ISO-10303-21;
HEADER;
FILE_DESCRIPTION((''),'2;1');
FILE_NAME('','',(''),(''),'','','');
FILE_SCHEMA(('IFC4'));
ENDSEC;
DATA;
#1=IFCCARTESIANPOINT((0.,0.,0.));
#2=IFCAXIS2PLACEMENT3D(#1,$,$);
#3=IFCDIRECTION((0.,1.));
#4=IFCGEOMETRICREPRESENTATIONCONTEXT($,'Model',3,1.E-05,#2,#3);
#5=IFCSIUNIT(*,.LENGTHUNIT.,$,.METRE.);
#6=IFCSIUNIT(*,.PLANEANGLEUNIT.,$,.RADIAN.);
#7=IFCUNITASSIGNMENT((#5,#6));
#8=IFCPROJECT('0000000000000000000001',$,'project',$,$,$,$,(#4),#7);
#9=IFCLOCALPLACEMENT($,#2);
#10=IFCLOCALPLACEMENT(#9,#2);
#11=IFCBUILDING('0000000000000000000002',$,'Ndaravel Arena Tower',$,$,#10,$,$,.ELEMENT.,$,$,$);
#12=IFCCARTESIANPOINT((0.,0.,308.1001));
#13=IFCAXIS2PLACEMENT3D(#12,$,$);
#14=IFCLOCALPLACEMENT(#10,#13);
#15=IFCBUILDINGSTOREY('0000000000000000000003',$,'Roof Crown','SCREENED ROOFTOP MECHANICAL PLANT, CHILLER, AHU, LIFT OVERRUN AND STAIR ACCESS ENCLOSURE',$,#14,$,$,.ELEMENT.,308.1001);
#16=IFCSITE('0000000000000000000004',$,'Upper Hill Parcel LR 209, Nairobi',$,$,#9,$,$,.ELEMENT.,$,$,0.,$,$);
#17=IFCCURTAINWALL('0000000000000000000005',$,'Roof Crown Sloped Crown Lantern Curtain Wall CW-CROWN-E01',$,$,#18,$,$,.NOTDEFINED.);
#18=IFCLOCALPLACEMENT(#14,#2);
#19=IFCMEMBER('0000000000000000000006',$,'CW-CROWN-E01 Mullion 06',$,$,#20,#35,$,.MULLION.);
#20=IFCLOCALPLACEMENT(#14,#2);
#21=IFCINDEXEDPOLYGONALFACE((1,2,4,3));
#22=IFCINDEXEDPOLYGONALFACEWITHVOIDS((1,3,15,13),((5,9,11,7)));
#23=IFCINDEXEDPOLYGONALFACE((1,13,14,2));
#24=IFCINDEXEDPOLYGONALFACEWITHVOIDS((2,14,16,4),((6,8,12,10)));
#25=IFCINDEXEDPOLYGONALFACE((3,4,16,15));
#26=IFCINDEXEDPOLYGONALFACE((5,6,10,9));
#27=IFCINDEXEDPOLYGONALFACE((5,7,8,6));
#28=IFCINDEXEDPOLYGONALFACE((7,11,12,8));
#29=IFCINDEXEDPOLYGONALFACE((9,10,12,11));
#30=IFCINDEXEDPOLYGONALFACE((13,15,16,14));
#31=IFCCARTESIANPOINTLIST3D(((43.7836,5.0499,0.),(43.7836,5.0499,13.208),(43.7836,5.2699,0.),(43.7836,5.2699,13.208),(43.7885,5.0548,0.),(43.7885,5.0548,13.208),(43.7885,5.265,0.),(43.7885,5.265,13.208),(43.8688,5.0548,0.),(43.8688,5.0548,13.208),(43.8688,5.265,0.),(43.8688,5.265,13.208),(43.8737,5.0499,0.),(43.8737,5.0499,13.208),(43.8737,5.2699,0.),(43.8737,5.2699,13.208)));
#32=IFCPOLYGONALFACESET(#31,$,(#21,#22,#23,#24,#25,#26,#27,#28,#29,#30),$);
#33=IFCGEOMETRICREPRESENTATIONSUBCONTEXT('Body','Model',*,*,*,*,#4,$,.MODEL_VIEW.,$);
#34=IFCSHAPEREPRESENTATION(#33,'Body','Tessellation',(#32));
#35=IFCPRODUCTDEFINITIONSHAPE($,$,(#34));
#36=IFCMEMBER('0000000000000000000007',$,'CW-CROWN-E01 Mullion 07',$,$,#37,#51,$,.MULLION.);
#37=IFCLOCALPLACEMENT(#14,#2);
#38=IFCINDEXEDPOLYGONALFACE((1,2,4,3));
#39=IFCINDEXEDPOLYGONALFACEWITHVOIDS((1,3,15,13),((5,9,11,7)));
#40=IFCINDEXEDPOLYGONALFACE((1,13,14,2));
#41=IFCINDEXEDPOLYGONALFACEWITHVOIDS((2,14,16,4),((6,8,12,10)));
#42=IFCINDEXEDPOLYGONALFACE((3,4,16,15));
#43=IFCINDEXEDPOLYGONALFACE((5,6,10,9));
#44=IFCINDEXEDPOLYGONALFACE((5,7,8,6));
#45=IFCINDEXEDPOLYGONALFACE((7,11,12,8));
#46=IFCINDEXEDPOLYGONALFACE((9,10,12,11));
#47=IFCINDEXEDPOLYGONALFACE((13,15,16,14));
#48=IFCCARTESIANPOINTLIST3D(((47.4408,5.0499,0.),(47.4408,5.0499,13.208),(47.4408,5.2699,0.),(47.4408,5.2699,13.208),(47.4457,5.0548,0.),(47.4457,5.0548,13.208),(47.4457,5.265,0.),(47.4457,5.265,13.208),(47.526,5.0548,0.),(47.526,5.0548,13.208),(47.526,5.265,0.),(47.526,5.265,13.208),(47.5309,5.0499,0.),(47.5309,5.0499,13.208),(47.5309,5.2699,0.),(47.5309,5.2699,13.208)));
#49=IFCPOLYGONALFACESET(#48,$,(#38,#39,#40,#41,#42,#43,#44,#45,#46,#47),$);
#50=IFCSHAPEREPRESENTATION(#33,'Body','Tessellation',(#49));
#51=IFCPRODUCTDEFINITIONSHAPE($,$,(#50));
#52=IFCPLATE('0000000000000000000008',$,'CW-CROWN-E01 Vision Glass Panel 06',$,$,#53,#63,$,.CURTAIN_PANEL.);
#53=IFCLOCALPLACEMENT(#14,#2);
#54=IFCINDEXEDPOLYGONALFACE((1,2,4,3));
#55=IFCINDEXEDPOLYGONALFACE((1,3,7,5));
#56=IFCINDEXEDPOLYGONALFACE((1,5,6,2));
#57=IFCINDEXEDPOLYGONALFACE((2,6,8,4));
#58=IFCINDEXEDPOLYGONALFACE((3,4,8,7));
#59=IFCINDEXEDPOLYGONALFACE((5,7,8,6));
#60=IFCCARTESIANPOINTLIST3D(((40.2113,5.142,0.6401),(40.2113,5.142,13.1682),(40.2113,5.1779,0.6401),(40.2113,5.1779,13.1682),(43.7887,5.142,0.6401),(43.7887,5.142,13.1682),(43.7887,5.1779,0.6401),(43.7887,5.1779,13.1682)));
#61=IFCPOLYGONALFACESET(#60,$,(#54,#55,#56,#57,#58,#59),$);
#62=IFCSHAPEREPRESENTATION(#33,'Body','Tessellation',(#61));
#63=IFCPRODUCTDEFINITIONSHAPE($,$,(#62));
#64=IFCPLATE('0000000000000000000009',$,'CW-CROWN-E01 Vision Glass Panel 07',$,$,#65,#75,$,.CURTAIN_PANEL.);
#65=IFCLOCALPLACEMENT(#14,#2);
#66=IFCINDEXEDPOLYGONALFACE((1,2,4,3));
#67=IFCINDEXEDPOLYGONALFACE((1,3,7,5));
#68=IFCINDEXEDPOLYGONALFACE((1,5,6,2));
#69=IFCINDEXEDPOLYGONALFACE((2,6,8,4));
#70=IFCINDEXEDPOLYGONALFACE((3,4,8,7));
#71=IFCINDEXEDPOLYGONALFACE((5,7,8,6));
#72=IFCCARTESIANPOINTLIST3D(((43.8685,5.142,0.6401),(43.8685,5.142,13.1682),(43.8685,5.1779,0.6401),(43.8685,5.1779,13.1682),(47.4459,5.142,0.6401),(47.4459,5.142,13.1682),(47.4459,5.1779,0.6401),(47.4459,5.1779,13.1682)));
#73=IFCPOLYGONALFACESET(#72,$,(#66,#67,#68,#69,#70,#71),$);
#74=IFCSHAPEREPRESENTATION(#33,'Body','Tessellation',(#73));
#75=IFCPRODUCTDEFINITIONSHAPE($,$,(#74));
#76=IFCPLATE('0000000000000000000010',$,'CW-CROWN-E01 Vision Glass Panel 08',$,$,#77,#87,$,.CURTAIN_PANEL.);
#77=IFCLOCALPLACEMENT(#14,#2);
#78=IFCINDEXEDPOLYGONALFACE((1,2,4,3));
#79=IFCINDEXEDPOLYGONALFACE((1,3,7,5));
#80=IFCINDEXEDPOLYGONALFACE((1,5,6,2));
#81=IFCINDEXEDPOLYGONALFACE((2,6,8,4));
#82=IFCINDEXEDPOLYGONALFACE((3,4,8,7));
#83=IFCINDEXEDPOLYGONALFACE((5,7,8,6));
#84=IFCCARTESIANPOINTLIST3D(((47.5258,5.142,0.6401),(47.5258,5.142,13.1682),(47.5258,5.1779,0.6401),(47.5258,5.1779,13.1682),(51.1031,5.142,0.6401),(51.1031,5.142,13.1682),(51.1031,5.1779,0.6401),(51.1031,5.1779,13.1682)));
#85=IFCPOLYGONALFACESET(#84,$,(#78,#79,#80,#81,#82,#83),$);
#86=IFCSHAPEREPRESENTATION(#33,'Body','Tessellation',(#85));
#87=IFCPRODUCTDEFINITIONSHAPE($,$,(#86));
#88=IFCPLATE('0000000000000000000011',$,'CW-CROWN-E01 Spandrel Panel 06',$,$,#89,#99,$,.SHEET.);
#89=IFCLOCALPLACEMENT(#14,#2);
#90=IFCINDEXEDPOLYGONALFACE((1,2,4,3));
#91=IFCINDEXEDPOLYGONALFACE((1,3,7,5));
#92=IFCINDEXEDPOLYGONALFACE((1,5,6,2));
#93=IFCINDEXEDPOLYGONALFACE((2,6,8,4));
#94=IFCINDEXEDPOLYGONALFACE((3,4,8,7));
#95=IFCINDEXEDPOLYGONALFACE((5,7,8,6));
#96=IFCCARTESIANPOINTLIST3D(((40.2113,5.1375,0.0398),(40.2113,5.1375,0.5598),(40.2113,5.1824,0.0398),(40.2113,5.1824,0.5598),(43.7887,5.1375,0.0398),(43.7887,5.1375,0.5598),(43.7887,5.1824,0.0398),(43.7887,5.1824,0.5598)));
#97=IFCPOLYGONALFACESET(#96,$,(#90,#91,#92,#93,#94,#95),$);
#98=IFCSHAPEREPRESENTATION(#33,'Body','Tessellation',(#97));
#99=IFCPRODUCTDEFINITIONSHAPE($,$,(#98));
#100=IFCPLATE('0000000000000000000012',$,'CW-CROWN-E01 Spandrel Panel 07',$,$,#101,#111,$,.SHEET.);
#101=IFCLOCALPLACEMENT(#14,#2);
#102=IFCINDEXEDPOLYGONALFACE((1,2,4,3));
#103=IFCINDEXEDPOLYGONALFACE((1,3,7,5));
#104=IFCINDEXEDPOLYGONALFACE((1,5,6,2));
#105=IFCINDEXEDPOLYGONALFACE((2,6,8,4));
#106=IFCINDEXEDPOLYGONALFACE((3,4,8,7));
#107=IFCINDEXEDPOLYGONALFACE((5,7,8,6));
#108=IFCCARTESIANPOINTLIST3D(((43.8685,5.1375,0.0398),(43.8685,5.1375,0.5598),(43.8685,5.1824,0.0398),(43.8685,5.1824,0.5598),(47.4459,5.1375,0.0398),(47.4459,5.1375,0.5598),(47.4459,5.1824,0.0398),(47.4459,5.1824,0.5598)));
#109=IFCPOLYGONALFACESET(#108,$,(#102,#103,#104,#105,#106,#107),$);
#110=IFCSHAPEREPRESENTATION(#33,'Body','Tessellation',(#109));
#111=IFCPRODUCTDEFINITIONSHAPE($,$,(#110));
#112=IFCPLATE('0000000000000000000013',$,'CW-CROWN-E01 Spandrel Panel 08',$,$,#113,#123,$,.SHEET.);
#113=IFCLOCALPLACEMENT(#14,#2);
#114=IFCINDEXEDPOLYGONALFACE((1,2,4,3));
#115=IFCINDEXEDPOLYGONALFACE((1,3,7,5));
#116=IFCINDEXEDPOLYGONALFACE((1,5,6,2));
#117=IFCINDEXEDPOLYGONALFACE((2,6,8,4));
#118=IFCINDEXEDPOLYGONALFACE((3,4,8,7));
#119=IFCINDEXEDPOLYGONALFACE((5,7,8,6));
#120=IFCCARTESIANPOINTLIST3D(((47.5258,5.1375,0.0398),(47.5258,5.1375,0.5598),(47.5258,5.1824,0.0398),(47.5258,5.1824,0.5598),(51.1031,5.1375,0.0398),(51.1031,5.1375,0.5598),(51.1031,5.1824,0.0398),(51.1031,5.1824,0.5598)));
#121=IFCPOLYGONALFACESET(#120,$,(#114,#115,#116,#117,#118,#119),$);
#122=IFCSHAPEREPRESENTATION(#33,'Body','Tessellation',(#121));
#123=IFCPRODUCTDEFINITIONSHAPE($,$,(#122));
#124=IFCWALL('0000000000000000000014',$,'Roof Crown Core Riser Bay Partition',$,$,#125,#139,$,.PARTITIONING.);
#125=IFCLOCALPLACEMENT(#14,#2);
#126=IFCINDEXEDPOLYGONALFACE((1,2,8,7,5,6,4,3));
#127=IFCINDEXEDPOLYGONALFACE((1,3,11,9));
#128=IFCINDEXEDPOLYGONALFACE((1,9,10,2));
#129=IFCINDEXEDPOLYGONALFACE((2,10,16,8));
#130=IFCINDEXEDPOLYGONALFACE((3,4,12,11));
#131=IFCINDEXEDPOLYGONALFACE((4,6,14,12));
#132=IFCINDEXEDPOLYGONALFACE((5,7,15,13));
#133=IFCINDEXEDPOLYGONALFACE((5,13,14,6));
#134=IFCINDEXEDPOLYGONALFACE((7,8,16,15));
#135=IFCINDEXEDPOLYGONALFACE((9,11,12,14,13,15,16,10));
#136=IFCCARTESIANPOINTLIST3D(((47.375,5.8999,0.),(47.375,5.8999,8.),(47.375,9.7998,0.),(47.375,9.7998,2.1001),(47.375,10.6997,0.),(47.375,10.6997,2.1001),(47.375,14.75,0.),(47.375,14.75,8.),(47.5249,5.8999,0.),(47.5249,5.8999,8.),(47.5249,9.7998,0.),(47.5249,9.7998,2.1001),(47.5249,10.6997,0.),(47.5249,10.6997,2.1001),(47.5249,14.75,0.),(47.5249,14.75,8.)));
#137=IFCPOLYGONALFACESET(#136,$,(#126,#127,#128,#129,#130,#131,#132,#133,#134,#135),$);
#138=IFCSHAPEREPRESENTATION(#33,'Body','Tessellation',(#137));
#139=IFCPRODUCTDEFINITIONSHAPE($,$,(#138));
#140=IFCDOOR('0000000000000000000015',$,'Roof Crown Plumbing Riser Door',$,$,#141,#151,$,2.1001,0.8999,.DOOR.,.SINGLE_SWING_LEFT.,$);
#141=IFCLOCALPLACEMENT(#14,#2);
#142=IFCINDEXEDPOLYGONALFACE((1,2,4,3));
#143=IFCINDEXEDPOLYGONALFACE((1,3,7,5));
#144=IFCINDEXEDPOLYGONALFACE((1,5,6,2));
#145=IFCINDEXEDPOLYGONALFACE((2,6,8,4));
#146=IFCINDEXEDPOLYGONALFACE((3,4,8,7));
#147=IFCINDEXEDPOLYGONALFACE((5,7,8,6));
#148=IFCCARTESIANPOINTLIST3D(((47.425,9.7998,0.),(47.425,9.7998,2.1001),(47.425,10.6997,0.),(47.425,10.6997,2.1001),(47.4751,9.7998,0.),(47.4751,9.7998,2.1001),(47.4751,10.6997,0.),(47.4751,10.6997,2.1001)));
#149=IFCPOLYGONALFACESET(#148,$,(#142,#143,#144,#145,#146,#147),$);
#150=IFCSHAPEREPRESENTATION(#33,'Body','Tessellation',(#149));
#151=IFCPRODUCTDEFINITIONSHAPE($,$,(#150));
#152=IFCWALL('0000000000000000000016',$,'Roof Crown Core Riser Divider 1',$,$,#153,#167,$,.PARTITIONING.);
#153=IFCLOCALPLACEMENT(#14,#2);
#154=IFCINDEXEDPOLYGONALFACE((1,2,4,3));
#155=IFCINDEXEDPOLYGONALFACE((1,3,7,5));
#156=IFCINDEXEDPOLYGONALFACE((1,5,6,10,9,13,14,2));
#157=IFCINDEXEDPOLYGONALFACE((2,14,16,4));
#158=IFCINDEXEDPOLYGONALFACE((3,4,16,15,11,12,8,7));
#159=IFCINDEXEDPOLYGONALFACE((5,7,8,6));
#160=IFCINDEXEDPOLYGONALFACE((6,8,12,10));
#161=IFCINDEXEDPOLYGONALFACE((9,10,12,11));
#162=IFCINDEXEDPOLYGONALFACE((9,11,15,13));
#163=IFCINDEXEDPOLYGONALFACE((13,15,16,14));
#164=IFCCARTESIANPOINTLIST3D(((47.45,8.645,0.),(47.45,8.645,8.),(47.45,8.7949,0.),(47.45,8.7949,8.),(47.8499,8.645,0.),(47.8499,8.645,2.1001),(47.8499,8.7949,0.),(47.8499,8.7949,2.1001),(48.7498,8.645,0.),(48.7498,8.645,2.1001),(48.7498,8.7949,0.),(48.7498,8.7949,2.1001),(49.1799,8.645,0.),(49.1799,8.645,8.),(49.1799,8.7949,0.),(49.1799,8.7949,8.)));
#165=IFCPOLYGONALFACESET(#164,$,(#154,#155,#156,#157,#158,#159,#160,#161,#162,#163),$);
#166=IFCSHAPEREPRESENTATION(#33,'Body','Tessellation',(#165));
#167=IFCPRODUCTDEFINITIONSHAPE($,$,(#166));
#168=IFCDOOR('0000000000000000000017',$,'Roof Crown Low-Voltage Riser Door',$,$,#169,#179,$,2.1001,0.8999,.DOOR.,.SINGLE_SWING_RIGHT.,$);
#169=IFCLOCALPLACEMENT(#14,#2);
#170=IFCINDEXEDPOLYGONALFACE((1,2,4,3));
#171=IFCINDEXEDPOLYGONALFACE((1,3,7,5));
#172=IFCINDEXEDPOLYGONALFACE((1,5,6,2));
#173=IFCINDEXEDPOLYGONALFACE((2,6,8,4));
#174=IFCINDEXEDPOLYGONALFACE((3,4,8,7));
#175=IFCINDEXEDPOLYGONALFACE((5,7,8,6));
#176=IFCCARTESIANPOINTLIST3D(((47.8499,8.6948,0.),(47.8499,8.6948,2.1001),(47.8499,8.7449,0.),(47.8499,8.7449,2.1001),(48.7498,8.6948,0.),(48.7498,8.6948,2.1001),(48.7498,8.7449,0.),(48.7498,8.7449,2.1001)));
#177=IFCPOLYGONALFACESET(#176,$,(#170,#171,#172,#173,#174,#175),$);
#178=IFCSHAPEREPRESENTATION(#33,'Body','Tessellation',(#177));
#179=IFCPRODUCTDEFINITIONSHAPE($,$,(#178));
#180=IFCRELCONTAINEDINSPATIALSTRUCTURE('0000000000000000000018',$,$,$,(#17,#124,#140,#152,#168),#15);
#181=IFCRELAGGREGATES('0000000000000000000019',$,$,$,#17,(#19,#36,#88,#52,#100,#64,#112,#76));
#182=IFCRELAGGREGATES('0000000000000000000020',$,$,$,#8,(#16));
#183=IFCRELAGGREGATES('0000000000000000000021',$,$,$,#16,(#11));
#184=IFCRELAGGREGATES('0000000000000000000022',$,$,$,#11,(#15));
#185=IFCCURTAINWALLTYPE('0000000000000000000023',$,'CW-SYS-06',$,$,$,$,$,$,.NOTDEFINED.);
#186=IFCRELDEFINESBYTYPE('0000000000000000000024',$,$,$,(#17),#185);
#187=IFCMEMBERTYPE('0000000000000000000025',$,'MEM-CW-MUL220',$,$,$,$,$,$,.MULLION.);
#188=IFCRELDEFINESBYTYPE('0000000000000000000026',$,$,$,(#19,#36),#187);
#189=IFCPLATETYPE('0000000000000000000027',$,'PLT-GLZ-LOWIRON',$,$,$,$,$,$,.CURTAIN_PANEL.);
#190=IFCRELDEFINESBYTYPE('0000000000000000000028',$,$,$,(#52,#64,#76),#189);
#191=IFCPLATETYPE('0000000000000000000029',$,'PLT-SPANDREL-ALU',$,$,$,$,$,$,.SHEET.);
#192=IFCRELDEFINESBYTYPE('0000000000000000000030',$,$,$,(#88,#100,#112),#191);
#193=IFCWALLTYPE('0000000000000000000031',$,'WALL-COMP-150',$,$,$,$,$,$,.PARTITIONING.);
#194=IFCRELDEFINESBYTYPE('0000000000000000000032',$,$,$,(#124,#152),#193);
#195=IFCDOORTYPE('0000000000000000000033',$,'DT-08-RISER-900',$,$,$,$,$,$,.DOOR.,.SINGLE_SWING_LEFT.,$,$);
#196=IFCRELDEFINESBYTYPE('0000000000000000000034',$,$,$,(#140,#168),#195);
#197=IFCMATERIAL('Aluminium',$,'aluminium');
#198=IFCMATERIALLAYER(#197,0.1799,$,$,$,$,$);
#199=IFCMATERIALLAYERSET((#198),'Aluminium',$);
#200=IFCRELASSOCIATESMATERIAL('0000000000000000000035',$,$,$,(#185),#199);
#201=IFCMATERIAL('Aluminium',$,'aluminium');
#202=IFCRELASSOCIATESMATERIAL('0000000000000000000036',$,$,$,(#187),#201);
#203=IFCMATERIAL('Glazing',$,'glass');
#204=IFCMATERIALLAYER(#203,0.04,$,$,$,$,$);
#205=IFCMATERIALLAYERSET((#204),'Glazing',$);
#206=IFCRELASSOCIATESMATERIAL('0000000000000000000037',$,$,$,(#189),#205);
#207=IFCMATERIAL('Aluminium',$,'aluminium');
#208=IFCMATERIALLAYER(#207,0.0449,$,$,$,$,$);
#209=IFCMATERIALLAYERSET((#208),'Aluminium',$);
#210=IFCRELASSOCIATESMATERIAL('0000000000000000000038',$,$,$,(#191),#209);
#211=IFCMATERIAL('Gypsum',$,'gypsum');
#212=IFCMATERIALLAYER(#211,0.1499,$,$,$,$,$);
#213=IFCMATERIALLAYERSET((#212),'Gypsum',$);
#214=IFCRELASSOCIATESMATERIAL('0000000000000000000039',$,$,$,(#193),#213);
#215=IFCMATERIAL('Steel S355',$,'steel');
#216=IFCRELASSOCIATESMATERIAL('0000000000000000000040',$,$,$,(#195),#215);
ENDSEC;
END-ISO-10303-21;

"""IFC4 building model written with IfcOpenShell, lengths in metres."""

from ifc_helpers import new_model, si_unit, direction, frame, frame_2d, origin, origin_2d, place, context, subcontext, project, spatial, rectangle, hollow_rectangle, extrude, material, layer, layer_set, material_profile, profile_set, type_object, element, fill, aggregate, save


model = new_model("IFC4")

# Units and contexts
model_context = context("Model", 3, precision=1e-05, world=origin(), true_north=direction((0.0, 1.0)))
body_context = subcontext(model_context, "Body", "Model", "MODEL_VIEW")
ifc_project = project(units=[si_unit("LENGTHUNIT", "METRE"), si_unit("PLANEANGLEUNIT", "RADIAN")], contexts=[model_context])

# Site, building, storey
site_placement = place(None, origin())
site = spatial("IfcSite", under=ifc_project, at=site_placement, Name="Upper Hill Parcel LR 209, Nairobi", CompositionType="ELEMENT", RefElevation=0.0)
building_placement = place(site_placement, origin())
building = spatial("IfcBuilding", under=site, at=building_placement, Name="Ndaravel Arena Tower", CompositionType="ELEMENT")
storey_placement = place(building_placement, frame((0.0, 0.0, 308.1001)))
storey = spatial("IfcBuildingStorey", under=building, at=storey_placement, Name="Roof Crown", Description="SCREENED ROOFTOP MECHANICAL PLANT, CHILLER, AHU, LIFT OVERRUN AND STAIR ACCESS ENCLOSURE", CompositionType="ELEMENT", Elevation=308.1001)

# Curtain wall, members, plates
ifc_material_1 = material(Name="Aluminium", Category="aluminium")
ifc_layer_1 = layer(ifc_material_1, 0.1799)
ifc_layer_set_1 = layer_set([ifc_layer_1], Name="Aluminium")
curtain_wall_type = type_object("IfcCurtainWallType", Name="CW-SYS-06", PredefinedType="NOTDEFINED", material=ifc_layer_set_1)
curtain_wall_placement = place(storey_placement, origin())
curtain_wall = element("IfcCurtainWall", 1, at=curtain_wall_placement, inside=storey, type_object=curtain_wall_type, Name="Roof Crown Sloped Crown Lantern Curtain Wall CW-CROWN-E01", PredefinedType="NOTDEFINED")
ifc_material_2 = material(Name="Aluminium", Category="aluminium")
ifc_material_profile = material_profile(ifc_material_2, hollow_rectangle(XDim=0.0901, YDim=0.22, WallThickness=0.0049, at=origin_2d()), Name="CW MULLION 90x220x5")
ifc_profile_set = profile_set([ifc_material_profile], Name="Aluminium")
member_type = type_object("IfcMemberType", Name="MEM-CW-MUL220", PredefinedType="MULLION", material=ifc_profile_set)
member_1_placement = place(storey_placement, frame((43.8286, 5.1599, 0.0), z_axis=(0.0, 0.0, 1.0), x_axis=(1.0, 0.0, 0.0)))
member_1 = element("IfcMember", 2, at=member_1_placement, type_object=member_type, Name="CW-CROWN-E01 Mullion 06", PredefinedType="MULLION", context=body_context, shape_type="SweptSolid", body=[
    extrude(hollow_rectangle(XDim=0.0901, YDim=0.22, WallThickness=0.0049, at=origin_2d()), origin(), (0.0, 0.0, 1.0), 13.208),
])
member_2_placement = place(storey_placement, frame((47.4858, 5.1599, 0.0), z_axis=(0.0, 0.0, 1.0), x_axis=(1.0, 0.0, 0.0)))
member_2 = element("IfcMember", 3, at=member_2_placement, type_object=member_type, Name="CW-CROWN-E01 Mullion 07", PredefinedType="MULLION", context=body_context, shape_type="SweptSolid", body=[
    extrude(hollow_rectangle(XDim=0.0901, YDim=0.22, WallThickness=0.0049, at=origin_2d()), origin(), (0.0, 0.0, 1.0), 13.208),
])
ifc_material_3 = material(Name="Glazing", Category="glass")
ifc_layer_2 = layer(ifc_material_3, 0.04)
ifc_layer_set_2 = layer_set([ifc_layer_2], Name="Glazing")
plate_type_1 = type_object("IfcPlateType", Name="PLT-GLZ-LOWIRON", PredefinedType="CURTAIN_PANEL", material=ifc_layer_set_2)
plate_1_placement = place(storey_placement, frame((42.0, 5.1599, 0.6401), z_axis=(0.0, 0.0, 1.0), x_axis=(1.0, 0.0, 0.0)))
plate_1 = element("IfcPlate", 4, at=plate_1_placement, type_object=plate_type_1, Name="CW-CROWN-E01 Vision Glass Panel 06", PredefinedType="CURTAIN_PANEL", context=body_context, shape_type="SweptSolid", body=[
    extrude(rectangle(XDim=3.5774, YDim=0.0359, at=origin_2d()), origin(), (0.0, 0.0, 1.0), 12.5281),
])
plate_2_placement = place(storey_placement, frame((45.6572, 5.1599, 0.6401), z_axis=(0.0, 0.0, 1.0), x_axis=(1.0, 0.0, 0.0)))
plate_2 = element("IfcPlate", 5, at=plate_2_placement, type_object=plate_type_1, Name="CW-CROWN-E01 Vision Glass Panel 07", PredefinedType="CURTAIN_PANEL", context=body_context, shape_type="SweptSolid", body=[
    extrude(rectangle(XDim=3.5774, YDim=0.0359, at=origin_2d()), origin(), (0.0, 0.0, 1.0), 12.5281),
])
plate_3_placement = place(storey_placement, frame((49.3145, 5.1599, 0.6401), z_axis=(0.0, 0.0, 1.0), x_axis=(1.0, 0.0, 0.0)))
plate_3 = element("IfcPlate", 6, at=plate_3_placement, type_object=plate_type_1, Name="CW-CROWN-E01 Vision Glass Panel 08", PredefinedType="CURTAIN_PANEL", context=body_context, shape_type="SweptSolid", body=[
    extrude(rectangle(XDim=3.5774, YDim=0.0359, at=origin_2d()), origin(), (0.0, 0.0, 1.0), 12.5281),
])
ifc_material_4 = material(Name="Aluminium", Category="aluminium")
ifc_layer_3 = layer(ifc_material_4, 0.0449)
ifc_layer_set_3 = layer_set([ifc_layer_3], Name="Aluminium")
plate_type_2 = type_object("IfcPlateType", Name="PLT-SPANDREL-ALU", PredefinedType="SHEET", material=ifc_layer_set_3)
plate_4_placement = place(storey_placement, frame((42.0, 5.1599, 0.0398), z_axis=(0.0, 0.0, 1.0), x_axis=(1.0, 0.0, 0.0)))
plate_4 = element("IfcPlate", 7, at=plate_4_placement, type_object=plate_type_2, Name="CW-CROWN-E01 Spandrel Panel 06", PredefinedType="SHEET", context=body_context, shape_type="SweptSolid", body=[
    extrude(rectangle(XDim=3.5774, YDim=0.0449, at=origin_2d()), origin(), (0.0, 0.0, 1.0), 0.52),
])
plate_5_placement = place(storey_placement, frame((45.6572, 5.1599, 0.0398), z_axis=(0.0, 0.0, 1.0), x_axis=(1.0, 0.0, 0.0)))
plate_5 = element("IfcPlate", 8, at=plate_5_placement, type_object=plate_type_2, Name="CW-CROWN-E01 Spandrel Panel 07", PredefinedType="SHEET", context=body_context, shape_type="SweptSolid", body=[
    extrude(rectangle(XDim=3.5774, YDim=0.0449, at=origin_2d()), origin(), (0.0, 0.0, 1.0), 0.52),
])
plate_6_placement = place(storey_placement, frame((49.3145, 5.1599, 0.0398), z_axis=(0.0, 0.0, 1.0), x_axis=(1.0, 0.0, 0.0)))
plate_6 = element("IfcPlate", 9, at=plate_6_placement, type_object=plate_type_2, Name="CW-CROWN-E01 Spandrel Panel 08", PredefinedType="SHEET", context=body_context, shape_type="SweptSolid", body=[
    extrude(rectangle(XDim=3.5774, YDim=0.0449, at=origin_2d()), origin(), (0.0, 0.0, 1.0), 0.52),
])
aggregate(curtain_wall, [member_1, member_2, plate_4, plate_1, plate_5, plate_2, plate_6, plate_3])

# Walls, openings, doors
ifc_material_5 = material(Name="Gypsum", Category="gypsum")
ifc_layer_4 = layer(ifc_material_5, 0.1499)
ifc_layer_set_4 = layer_set([ifc_layer_4], Name="Gypsum")
wall_type_1 = type_object("IfcWallType", Name="WALL-COMP-150", PredefinedType="PARTITIONING", material=ifc_layer_set_4)
wall_1_placement = place(storey_placement, frame((47.45, 5.8999, 0.0), z_axis=(0.0, 0.0, 1.0), x_axis=(0.0, 1.0, 0.0)))
wall_1 = element("IfcWall", 10, at=wall_1_placement, inside=storey, type_object=wall_type_1, Name="Roof Crown Core Riser Bay Partition", PredefinedType="PARTITIONING", context=body_context, shape_type="SweptSolid", body=[
    extrude(rectangle(XDim=8.8501, YDim=0.1499, at=frame_2d((4.425, 0.0))), origin(), (0.0, 0.0, 1.0), 8.0),
])
opening_1_placement = place(wall_1_placement, frame((3.8999, 0.0, 0.0)))
opening_1 = element("IfcOpeningElement", 11, at=opening_1_placement, cuts=wall_1, PredefinedType="OPENING", context=body_context, shape_type="SweptSolid", body=[
    extrude(rectangle(XDim=0.8999, YDim=2.1001, at=frame_2d((0.45, 1.05))), frame((0.0, 0.075, 0.0), z_axis=(0.0, -1.0, 0.0), x_axis=(1.0, 0.0, 0.0)), (0.0, 0.0, 1.0), 0.1499),
])
ifc_material_6 = material(Name="Steel S355", Category="steel")
door_type_1 = type_object("IfcDoorType", Name="DT-08-RISER-900", OperationType="SINGLE_SWING_LEFT", PredefinedType="DOOR", material=ifc_material_6)
door_1_placement = place(opening_1_placement, origin())
door_1 = element("IfcDoor", 12, at=door_1_placement, inside=storey, type_object=door_type_1, Name="Roof Crown Plumbing Riser Door", OperationType="SINGLE_SWING_LEFT", OverallHeight=2.1001, OverallWidth=0.8999, PredefinedType="DOOR", context=body_context, shape_type="SweptSolid", body=[
    extrude(rectangle(XDim=0.8999, YDim=2.1001, at=frame_2d((0.45, 1.05))), frame((0.0, 0.0249, 0.0), z_axis=(0.0, -1.0, 0.0), x_axis=(1.0, 0.0, 0.0)), (0.0, 0.0, 1.0), 0.05),
])
fill(opening_1, door_1)
wall_2_placement = place(storey_placement, frame((47.45, 8.72, 0.0), z_axis=(0.0, 0.0, 1.0), x_axis=(1.0, 0.0, 0.0)))
wall_2 = element("IfcWall", 13, at=wall_2_placement, inside=storey, type_object=wall_type_1, Name="Roof Crown Core Riser Divider 1", PredefinedType="PARTITIONING", context=body_context, shape_type="SweptSolid", body=[
    extrude(rectangle(XDim=1.73, YDim=0.1499, at=frame_2d((0.865, 0.0))), origin(), (0.0, 0.0, 1.0), 8.0),
])
opening_2_placement = place(wall_2_placement, frame((0.3999, 0.0, 0.0)))
opening_2 = element("IfcOpeningElement", 14, at=opening_2_placement, cuts=wall_2, PredefinedType="OPENING", context=body_context, shape_type="SweptSolid", body=[
    extrude(rectangle(XDim=0.8999, YDim=2.1001, at=frame_2d((0.45, 1.05))), frame((0.0, 0.075, 0.0), z_axis=(0.0, -1.0, 0.0), x_axis=(1.0, 0.0, 0.0)), (0.0, 0.0, 1.0), 0.1499),
])
door_2_placement = place(opening_2_placement, origin())
door_2 = element("IfcDoor", 15, at=door_2_placement, inside=storey, type_object=door_type_1, Name="Roof Crown Low-Voltage Riser Door", OperationType="SINGLE_SWING_RIGHT", OverallHeight=2.1001, OverallWidth=0.8999, PredefinedType="DOOR", context=body_context, shape_type="SweptSolid", body=[
    extrude(rectangle(XDim=0.8999, YDim=2.1001, at=frame_2d((0.45, 1.05))), frame((0.0, 0.0249, 0.0), z_axis=(0.0, -1.0, 0.0), x_axis=(1.0, 0.0, 0.0)), (0.0, 0.0, 1.0), 0.05),
])
fill(opening_2, door_2)

save(model, "model.ifc")
